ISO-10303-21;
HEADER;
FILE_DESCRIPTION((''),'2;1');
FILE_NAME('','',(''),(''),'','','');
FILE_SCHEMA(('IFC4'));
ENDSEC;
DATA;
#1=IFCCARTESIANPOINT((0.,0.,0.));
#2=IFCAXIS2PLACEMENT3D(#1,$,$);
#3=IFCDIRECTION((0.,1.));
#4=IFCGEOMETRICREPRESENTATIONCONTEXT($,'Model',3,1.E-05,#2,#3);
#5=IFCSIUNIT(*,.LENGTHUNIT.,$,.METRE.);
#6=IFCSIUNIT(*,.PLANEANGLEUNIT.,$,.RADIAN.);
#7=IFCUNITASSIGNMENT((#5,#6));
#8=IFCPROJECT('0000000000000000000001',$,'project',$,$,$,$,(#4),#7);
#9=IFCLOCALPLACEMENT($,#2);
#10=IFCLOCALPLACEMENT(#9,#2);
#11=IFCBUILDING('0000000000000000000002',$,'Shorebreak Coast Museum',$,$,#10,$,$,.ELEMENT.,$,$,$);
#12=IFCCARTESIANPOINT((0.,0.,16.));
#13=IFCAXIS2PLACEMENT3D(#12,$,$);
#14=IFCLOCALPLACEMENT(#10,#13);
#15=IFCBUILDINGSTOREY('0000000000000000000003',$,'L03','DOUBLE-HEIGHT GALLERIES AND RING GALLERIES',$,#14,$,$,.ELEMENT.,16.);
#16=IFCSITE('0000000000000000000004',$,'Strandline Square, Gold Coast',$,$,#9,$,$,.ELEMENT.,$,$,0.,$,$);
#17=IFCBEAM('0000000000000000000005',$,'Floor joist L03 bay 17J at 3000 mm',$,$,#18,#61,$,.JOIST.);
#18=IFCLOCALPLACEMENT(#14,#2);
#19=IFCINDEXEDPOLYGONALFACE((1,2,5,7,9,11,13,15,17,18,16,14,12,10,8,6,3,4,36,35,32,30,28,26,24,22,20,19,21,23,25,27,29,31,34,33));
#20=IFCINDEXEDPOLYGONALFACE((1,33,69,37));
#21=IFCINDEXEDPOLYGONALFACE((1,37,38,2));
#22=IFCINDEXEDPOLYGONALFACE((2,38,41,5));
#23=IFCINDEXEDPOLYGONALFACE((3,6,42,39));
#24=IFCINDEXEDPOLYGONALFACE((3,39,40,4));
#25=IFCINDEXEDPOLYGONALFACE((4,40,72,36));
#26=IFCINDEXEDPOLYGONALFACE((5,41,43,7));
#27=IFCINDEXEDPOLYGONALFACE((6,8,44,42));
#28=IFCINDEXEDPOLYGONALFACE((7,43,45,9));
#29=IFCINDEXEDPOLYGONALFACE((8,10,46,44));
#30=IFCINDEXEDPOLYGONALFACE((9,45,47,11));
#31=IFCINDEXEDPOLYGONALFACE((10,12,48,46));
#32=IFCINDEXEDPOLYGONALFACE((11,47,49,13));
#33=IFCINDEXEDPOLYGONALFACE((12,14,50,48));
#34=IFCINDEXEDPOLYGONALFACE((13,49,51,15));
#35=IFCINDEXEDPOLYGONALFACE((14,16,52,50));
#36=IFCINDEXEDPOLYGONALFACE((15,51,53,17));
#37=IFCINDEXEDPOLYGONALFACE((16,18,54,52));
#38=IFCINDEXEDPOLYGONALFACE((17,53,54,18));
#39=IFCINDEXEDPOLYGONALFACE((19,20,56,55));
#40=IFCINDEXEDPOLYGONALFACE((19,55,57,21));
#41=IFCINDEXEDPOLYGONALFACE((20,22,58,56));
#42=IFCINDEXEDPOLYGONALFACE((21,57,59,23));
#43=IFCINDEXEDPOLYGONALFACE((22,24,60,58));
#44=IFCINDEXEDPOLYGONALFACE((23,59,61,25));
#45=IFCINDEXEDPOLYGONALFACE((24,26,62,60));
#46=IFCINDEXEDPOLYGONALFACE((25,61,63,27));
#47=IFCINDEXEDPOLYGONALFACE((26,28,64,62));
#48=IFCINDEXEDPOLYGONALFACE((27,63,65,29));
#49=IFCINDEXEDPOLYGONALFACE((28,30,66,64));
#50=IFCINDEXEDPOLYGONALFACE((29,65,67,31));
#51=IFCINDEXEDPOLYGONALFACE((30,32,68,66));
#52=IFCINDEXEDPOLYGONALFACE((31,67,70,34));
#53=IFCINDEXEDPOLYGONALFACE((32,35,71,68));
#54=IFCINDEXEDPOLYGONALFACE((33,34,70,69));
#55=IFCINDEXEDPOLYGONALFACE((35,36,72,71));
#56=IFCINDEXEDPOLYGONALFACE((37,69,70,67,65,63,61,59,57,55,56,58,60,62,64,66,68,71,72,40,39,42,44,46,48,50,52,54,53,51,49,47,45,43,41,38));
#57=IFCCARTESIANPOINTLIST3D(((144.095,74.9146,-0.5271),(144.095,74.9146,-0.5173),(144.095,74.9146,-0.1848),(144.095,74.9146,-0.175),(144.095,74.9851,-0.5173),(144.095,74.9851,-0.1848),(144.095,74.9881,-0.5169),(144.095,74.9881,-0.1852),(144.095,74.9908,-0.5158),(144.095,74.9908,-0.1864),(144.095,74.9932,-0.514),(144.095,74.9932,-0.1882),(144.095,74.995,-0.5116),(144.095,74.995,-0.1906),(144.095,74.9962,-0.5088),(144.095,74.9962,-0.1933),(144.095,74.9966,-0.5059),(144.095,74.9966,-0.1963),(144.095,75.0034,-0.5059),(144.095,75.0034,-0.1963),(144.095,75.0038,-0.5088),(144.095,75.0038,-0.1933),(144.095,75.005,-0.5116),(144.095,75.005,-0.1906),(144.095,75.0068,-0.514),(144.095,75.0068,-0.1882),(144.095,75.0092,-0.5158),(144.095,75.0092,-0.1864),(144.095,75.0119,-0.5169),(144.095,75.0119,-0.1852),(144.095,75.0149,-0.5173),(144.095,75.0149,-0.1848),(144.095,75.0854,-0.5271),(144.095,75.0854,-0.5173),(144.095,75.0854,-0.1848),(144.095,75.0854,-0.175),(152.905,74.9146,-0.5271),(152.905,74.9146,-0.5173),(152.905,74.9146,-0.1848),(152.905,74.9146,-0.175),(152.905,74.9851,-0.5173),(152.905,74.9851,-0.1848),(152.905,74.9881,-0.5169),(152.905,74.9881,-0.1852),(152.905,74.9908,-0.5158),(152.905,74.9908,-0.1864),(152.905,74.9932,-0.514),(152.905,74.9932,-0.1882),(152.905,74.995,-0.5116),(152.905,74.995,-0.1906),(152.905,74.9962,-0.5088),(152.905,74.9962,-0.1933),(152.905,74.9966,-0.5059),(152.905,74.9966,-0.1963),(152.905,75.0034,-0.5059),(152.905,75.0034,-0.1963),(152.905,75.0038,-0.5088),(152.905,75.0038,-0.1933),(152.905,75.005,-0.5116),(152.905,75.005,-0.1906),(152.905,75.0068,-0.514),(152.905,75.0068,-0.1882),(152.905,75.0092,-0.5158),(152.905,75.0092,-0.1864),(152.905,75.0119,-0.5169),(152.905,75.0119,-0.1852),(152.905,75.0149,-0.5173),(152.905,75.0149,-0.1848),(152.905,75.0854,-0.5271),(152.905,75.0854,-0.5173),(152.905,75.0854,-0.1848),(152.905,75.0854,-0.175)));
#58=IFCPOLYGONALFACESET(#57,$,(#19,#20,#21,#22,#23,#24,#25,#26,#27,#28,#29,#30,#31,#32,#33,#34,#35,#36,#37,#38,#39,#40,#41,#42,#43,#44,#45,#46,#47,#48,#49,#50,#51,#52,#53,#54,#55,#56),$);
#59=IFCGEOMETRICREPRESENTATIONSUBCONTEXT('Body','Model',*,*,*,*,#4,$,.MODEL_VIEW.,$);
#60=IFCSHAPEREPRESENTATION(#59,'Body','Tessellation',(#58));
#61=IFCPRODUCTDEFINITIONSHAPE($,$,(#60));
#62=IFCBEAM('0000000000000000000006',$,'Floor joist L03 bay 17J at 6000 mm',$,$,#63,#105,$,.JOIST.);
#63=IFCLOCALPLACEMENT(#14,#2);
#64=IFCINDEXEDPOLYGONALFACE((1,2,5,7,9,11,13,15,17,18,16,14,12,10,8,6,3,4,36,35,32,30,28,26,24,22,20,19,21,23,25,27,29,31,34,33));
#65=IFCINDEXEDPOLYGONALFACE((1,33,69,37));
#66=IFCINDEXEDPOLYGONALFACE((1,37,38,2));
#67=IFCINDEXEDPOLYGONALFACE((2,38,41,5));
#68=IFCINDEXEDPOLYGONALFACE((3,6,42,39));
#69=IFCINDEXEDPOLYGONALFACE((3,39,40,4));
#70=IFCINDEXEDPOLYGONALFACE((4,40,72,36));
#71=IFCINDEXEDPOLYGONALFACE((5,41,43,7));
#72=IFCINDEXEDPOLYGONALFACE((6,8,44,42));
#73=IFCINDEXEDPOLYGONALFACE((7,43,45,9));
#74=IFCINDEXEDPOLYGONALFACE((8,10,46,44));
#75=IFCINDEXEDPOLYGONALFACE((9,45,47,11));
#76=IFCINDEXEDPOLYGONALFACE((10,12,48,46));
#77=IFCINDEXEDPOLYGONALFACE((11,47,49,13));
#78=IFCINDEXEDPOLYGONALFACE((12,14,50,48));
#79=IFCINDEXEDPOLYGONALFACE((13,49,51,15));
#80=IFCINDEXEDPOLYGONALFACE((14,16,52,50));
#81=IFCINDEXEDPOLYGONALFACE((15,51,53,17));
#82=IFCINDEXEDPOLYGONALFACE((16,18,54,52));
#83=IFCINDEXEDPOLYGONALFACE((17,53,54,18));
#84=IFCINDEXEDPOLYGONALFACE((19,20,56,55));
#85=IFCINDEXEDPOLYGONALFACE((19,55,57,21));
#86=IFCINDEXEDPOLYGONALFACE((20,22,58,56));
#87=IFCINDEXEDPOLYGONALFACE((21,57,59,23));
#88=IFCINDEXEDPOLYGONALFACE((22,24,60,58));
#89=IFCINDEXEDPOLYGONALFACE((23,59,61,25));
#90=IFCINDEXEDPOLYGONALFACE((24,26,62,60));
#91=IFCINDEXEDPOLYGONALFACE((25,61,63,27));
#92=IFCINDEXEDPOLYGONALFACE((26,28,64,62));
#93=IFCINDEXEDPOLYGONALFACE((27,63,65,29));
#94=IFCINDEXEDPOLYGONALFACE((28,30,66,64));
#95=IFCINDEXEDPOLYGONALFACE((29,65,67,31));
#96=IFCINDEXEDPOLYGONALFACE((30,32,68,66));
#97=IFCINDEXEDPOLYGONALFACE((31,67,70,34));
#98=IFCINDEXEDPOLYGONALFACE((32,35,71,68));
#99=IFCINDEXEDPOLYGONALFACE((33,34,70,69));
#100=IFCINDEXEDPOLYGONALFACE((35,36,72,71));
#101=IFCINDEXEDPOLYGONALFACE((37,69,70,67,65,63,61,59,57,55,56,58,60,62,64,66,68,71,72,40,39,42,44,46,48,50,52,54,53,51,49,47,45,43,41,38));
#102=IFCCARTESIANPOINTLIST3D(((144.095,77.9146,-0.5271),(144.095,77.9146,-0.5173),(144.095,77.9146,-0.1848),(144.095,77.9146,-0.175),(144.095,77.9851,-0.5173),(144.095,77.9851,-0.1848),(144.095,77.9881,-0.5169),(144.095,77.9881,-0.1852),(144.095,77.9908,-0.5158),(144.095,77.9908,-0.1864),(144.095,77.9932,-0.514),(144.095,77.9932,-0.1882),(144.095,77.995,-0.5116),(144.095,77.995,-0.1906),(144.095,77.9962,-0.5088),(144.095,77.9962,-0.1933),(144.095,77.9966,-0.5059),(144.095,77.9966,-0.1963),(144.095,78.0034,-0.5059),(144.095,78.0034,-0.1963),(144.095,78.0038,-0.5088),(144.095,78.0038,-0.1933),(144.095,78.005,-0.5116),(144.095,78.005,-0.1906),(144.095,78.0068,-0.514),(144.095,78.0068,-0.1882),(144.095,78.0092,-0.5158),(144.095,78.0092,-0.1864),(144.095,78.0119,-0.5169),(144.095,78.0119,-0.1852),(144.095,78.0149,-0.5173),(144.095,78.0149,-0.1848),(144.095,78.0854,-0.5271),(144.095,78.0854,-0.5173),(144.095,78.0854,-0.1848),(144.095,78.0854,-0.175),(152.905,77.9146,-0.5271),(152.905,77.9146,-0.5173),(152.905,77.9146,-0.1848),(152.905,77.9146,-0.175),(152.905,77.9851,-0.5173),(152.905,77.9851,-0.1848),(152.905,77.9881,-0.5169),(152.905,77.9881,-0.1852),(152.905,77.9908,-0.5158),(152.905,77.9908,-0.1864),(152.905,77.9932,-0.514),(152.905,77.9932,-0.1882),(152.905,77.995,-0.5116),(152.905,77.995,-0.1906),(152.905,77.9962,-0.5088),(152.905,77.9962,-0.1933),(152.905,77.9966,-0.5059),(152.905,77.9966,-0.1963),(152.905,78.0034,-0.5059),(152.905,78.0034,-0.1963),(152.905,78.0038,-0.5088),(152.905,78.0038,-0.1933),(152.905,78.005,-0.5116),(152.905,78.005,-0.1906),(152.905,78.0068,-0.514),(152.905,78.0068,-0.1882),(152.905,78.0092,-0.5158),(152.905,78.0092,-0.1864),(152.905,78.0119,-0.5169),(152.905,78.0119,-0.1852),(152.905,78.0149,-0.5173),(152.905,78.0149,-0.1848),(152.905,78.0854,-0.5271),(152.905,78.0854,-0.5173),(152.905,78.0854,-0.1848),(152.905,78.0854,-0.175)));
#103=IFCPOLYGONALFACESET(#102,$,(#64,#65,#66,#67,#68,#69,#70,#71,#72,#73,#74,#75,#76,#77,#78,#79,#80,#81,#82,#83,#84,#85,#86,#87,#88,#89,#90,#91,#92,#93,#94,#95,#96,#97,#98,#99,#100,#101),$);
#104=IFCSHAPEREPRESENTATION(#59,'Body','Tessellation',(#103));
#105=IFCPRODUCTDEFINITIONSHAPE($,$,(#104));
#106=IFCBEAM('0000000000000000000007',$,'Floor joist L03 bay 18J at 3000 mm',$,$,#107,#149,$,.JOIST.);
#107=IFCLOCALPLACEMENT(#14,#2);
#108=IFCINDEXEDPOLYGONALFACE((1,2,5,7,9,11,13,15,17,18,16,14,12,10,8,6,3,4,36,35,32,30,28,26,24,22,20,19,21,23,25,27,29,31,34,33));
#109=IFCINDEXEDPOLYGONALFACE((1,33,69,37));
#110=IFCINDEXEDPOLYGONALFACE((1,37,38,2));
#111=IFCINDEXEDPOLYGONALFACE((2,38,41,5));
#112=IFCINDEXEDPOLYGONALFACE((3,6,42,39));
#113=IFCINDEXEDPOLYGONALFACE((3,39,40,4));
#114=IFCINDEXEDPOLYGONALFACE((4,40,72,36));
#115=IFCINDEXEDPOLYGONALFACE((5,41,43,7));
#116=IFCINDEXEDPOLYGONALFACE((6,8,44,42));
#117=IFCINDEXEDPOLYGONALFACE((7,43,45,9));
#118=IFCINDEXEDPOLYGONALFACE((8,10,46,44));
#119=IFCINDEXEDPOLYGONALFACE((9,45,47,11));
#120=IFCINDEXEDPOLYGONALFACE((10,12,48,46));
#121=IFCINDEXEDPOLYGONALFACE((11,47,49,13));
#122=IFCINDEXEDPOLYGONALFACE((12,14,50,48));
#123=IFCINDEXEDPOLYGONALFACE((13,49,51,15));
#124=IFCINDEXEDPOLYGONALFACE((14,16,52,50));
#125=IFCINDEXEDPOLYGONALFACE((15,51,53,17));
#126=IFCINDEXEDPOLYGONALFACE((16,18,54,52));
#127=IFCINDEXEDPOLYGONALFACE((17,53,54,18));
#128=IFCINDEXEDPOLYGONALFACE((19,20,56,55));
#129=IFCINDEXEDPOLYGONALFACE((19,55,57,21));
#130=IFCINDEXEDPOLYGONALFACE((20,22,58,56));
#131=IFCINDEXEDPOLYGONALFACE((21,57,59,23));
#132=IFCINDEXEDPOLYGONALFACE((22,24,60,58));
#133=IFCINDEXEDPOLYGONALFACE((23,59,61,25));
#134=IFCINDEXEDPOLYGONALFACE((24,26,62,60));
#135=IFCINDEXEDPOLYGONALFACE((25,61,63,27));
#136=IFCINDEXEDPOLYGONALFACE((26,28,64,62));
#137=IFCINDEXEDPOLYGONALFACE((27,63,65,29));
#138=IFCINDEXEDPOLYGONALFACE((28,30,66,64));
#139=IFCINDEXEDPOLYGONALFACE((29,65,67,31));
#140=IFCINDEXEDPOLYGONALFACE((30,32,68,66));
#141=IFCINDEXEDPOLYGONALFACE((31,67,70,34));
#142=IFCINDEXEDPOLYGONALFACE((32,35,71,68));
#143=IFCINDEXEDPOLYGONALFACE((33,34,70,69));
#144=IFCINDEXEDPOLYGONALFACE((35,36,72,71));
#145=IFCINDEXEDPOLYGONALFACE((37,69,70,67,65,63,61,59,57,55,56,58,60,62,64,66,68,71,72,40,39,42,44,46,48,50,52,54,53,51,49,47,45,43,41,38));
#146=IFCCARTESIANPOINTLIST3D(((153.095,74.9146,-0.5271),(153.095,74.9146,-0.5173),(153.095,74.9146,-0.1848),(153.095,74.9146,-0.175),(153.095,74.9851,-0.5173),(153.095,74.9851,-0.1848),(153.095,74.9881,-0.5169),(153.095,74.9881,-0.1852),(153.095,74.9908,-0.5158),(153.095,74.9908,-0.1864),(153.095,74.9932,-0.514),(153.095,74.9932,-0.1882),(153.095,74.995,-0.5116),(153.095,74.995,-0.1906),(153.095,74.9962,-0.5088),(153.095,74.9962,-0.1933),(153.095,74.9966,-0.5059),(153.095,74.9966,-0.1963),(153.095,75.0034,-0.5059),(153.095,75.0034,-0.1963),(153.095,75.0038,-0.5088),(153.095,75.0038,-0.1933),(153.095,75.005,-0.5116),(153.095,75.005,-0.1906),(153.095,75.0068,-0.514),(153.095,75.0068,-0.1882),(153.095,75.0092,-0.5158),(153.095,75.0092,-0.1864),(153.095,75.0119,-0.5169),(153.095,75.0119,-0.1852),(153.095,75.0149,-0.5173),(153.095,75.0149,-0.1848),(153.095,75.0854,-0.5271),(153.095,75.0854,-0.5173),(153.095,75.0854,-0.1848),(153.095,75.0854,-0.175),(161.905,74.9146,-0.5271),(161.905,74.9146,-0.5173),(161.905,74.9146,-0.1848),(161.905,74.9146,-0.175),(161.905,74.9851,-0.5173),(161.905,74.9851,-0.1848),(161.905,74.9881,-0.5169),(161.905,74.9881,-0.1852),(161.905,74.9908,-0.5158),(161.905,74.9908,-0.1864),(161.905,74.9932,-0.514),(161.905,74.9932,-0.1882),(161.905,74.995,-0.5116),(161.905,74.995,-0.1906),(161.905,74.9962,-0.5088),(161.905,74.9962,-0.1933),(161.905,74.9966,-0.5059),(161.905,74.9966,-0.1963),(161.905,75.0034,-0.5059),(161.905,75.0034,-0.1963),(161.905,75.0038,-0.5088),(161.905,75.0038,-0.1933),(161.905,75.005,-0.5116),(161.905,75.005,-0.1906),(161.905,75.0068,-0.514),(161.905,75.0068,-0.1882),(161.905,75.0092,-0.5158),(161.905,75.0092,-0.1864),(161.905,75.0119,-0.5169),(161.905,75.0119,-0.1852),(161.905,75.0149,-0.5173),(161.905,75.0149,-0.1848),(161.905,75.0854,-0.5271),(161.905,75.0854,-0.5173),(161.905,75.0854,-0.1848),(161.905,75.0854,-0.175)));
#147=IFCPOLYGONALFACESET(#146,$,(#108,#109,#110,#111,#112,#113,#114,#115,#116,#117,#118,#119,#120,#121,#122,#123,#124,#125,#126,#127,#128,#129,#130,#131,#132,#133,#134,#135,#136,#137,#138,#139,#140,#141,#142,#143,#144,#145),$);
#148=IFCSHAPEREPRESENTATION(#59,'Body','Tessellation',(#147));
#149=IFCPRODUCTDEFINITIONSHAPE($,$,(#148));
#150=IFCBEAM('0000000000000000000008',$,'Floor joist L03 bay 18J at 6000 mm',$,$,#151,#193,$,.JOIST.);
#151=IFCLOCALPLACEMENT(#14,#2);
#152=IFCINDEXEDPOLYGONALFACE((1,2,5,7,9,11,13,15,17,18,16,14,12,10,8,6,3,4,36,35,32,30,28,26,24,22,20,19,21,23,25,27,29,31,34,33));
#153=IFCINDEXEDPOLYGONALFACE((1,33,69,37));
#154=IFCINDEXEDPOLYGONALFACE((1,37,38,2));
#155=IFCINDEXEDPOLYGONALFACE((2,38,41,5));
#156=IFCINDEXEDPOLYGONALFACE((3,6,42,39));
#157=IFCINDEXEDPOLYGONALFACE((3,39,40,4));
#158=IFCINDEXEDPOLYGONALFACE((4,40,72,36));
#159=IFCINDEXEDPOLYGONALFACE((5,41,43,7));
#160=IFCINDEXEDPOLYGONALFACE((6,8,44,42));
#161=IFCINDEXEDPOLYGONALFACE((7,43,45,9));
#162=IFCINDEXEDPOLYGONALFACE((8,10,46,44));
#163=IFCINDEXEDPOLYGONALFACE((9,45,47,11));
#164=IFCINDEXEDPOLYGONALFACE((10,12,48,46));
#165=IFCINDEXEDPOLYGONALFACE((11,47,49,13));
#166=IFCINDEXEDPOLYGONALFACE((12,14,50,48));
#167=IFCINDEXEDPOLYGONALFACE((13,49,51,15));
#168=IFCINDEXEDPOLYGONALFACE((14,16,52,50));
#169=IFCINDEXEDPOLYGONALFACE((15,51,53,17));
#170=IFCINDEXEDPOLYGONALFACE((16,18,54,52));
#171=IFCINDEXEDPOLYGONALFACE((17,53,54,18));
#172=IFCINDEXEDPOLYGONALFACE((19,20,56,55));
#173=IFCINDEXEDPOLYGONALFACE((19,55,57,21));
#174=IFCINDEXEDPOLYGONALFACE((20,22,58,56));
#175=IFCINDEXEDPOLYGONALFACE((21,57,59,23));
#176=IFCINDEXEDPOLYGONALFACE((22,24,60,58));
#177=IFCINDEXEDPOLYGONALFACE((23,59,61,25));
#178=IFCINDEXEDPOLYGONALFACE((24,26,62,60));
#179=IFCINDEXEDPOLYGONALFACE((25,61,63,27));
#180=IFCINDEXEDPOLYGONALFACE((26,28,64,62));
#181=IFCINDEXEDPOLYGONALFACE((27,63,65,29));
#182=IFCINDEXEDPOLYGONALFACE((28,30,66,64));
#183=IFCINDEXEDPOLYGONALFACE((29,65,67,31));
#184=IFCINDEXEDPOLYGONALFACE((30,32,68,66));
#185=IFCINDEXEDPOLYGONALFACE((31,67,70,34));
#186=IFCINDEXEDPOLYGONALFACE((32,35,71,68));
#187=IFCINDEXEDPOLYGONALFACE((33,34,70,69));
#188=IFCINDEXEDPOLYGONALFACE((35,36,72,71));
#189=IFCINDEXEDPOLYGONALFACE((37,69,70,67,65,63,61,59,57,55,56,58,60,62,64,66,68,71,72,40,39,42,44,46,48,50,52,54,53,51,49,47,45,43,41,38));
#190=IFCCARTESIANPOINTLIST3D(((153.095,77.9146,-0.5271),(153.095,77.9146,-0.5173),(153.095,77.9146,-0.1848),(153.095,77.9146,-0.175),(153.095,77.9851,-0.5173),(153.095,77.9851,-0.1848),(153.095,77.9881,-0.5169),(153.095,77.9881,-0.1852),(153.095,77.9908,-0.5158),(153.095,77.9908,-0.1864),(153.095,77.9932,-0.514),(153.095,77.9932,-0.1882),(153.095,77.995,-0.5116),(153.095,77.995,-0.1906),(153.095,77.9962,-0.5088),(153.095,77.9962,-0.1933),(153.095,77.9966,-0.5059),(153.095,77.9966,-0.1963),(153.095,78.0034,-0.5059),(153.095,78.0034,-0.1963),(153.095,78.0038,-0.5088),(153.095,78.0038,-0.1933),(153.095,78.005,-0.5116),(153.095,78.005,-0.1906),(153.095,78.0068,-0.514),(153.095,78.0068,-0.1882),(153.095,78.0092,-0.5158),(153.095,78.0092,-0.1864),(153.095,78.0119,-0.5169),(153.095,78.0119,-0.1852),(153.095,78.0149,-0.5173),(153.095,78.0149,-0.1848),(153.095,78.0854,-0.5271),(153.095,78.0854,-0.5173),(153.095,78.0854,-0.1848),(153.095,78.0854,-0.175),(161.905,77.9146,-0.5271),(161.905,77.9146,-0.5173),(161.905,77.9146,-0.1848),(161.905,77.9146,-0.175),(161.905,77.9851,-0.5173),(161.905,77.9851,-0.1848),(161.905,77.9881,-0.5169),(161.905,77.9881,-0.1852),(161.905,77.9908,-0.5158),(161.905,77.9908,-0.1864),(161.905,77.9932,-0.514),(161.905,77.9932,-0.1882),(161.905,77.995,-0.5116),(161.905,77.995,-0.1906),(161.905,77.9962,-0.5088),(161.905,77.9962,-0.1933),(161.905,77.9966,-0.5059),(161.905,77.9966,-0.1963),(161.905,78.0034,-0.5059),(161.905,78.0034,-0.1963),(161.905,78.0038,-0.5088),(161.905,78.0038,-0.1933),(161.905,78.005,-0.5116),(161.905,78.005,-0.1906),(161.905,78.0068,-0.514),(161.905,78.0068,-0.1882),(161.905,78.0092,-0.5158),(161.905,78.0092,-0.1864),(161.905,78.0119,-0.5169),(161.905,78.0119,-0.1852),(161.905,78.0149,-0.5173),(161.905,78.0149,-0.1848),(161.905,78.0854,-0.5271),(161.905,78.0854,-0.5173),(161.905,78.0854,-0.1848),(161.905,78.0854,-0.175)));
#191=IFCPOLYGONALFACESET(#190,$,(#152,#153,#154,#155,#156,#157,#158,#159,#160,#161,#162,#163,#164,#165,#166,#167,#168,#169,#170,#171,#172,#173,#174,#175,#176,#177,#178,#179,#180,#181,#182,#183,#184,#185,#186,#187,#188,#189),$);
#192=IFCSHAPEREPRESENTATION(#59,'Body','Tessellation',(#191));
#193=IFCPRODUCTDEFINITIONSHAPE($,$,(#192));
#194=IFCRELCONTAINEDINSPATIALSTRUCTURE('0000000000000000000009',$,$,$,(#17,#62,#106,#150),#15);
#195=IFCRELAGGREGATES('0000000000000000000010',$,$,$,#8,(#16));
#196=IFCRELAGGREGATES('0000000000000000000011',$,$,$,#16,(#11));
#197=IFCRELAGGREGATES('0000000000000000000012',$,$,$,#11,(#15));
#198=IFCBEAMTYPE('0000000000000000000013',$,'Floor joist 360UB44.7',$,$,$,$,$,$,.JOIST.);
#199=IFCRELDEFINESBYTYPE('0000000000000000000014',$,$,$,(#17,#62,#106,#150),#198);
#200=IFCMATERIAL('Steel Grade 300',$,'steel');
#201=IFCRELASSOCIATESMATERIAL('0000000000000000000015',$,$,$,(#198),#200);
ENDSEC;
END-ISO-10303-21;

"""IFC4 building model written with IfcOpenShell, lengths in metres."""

from ifc_helpers import new_model, si_unit, direction, frame, origin, origin_2d, place, context, subcontext, project, spatial, i_section, extrude, material, material_profile, profile_set, type_object, element, save


model = new_model("IFC4")

# Units and contexts
model_context = context("Model", 3, precision=1e-05, world=origin(), true_north=direction((0.0, 1.0)))
body_context = subcontext(model_context, "Body", "Model", "MODEL_VIEW")
ifc_project = project(units=[si_unit("LENGTHUNIT", "METRE"), si_unit("PLANEANGLEUNIT", "RADIAN")], contexts=[model_context])

# Site, building, storey
site_placement = place(None, origin())
site = spatial("IfcSite", under=ifc_project, at=site_placement, Name="Strandline Square, Gold Coast", CompositionType="ELEMENT", RefElevation=0.0)
building_placement = place(site_placement, origin())
building = spatial("IfcBuilding", under=site, at=building_placement, Name="Shorebreak Coast Museum", CompositionType="ELEMENT")
storey_placement = place(building_placement, frame((0.0, 0.0, 16.0)))
storey = spatial("IfcBuildingStorey", under=building, at=storey_placement, Name="L03", Description="DOUBLE-HEIGHT GALLERIES AND RING GALLERIES", CompositionType="ELEMENT", Elevation=16.0)

# Beams
ifc_material_1 = material(Name="Steel Grade 300", Category="steel")
ifc_material_profile_1 = material_profile(ifc_material_1, i_section(OverallWidth=0.1709, OverallDepth=0.3521, WebThickness=0.0068, FlangeThickness=0.0098, FilletRadius=0.0115, at=origin_2d()), Name="360UB44.7")
ifc_profile_set_1 = profile_set([ifc_material_profile_1], Name="Steel Grade 300")
beam_type_1 = type_object("IfcBeamType", Name="Floor joist 360UB44.7", PredefinedType="JOIST", material=ifc_profile_set_1)
for number, where, z_axis, x_axis, name in (
    (1, (144.095, 75.0, -0.3511), (1.0, 0.0, 0.0), (0.0, 1.0, 0.0), "Floor joist L03 bay 17J at 3000 mm"),
    (2, (144.095, 78.0, -0.3511), (1.0, 0.0, 0.0), (0.0, 1.0, 0.0), "Floor joist L03 bay 17J at 6000 mm"),
    (3, (153.095, 75.0, -0.3511), (1.0, 0.0, 0.0), (0.0, 1.0, 0.0), "Floor joist L03 bay 18J at 3000 mm"),
    (4, (153.095, 78.0, -0.3511), (1.0, 0.0, 0.0), (0.0, 1.0, 0.0), "Floor joist L03 bay 18J at 6000 mm"),
):
    element("IfcBeam", number, at=place(storey_placement, frame(where, z_axis=z_axis, x_axis=x_axis)), inside=storey, type_object=beam_type_1, Name=name, PredefinedType="JOIST", context=body_context, shape_type="SweptSolid", body=[
        extrude(i_section(OverallWidth=0.1709, OverallDepth=0.3521, WebThickness=0.0068, FlangeThickness=0.0098, FilletRadius=0.0115, at=origin_2d()), origin(), (0.0, 0.0, 1.0), 8.8101),
    ])

save(model, "model.ifc")
